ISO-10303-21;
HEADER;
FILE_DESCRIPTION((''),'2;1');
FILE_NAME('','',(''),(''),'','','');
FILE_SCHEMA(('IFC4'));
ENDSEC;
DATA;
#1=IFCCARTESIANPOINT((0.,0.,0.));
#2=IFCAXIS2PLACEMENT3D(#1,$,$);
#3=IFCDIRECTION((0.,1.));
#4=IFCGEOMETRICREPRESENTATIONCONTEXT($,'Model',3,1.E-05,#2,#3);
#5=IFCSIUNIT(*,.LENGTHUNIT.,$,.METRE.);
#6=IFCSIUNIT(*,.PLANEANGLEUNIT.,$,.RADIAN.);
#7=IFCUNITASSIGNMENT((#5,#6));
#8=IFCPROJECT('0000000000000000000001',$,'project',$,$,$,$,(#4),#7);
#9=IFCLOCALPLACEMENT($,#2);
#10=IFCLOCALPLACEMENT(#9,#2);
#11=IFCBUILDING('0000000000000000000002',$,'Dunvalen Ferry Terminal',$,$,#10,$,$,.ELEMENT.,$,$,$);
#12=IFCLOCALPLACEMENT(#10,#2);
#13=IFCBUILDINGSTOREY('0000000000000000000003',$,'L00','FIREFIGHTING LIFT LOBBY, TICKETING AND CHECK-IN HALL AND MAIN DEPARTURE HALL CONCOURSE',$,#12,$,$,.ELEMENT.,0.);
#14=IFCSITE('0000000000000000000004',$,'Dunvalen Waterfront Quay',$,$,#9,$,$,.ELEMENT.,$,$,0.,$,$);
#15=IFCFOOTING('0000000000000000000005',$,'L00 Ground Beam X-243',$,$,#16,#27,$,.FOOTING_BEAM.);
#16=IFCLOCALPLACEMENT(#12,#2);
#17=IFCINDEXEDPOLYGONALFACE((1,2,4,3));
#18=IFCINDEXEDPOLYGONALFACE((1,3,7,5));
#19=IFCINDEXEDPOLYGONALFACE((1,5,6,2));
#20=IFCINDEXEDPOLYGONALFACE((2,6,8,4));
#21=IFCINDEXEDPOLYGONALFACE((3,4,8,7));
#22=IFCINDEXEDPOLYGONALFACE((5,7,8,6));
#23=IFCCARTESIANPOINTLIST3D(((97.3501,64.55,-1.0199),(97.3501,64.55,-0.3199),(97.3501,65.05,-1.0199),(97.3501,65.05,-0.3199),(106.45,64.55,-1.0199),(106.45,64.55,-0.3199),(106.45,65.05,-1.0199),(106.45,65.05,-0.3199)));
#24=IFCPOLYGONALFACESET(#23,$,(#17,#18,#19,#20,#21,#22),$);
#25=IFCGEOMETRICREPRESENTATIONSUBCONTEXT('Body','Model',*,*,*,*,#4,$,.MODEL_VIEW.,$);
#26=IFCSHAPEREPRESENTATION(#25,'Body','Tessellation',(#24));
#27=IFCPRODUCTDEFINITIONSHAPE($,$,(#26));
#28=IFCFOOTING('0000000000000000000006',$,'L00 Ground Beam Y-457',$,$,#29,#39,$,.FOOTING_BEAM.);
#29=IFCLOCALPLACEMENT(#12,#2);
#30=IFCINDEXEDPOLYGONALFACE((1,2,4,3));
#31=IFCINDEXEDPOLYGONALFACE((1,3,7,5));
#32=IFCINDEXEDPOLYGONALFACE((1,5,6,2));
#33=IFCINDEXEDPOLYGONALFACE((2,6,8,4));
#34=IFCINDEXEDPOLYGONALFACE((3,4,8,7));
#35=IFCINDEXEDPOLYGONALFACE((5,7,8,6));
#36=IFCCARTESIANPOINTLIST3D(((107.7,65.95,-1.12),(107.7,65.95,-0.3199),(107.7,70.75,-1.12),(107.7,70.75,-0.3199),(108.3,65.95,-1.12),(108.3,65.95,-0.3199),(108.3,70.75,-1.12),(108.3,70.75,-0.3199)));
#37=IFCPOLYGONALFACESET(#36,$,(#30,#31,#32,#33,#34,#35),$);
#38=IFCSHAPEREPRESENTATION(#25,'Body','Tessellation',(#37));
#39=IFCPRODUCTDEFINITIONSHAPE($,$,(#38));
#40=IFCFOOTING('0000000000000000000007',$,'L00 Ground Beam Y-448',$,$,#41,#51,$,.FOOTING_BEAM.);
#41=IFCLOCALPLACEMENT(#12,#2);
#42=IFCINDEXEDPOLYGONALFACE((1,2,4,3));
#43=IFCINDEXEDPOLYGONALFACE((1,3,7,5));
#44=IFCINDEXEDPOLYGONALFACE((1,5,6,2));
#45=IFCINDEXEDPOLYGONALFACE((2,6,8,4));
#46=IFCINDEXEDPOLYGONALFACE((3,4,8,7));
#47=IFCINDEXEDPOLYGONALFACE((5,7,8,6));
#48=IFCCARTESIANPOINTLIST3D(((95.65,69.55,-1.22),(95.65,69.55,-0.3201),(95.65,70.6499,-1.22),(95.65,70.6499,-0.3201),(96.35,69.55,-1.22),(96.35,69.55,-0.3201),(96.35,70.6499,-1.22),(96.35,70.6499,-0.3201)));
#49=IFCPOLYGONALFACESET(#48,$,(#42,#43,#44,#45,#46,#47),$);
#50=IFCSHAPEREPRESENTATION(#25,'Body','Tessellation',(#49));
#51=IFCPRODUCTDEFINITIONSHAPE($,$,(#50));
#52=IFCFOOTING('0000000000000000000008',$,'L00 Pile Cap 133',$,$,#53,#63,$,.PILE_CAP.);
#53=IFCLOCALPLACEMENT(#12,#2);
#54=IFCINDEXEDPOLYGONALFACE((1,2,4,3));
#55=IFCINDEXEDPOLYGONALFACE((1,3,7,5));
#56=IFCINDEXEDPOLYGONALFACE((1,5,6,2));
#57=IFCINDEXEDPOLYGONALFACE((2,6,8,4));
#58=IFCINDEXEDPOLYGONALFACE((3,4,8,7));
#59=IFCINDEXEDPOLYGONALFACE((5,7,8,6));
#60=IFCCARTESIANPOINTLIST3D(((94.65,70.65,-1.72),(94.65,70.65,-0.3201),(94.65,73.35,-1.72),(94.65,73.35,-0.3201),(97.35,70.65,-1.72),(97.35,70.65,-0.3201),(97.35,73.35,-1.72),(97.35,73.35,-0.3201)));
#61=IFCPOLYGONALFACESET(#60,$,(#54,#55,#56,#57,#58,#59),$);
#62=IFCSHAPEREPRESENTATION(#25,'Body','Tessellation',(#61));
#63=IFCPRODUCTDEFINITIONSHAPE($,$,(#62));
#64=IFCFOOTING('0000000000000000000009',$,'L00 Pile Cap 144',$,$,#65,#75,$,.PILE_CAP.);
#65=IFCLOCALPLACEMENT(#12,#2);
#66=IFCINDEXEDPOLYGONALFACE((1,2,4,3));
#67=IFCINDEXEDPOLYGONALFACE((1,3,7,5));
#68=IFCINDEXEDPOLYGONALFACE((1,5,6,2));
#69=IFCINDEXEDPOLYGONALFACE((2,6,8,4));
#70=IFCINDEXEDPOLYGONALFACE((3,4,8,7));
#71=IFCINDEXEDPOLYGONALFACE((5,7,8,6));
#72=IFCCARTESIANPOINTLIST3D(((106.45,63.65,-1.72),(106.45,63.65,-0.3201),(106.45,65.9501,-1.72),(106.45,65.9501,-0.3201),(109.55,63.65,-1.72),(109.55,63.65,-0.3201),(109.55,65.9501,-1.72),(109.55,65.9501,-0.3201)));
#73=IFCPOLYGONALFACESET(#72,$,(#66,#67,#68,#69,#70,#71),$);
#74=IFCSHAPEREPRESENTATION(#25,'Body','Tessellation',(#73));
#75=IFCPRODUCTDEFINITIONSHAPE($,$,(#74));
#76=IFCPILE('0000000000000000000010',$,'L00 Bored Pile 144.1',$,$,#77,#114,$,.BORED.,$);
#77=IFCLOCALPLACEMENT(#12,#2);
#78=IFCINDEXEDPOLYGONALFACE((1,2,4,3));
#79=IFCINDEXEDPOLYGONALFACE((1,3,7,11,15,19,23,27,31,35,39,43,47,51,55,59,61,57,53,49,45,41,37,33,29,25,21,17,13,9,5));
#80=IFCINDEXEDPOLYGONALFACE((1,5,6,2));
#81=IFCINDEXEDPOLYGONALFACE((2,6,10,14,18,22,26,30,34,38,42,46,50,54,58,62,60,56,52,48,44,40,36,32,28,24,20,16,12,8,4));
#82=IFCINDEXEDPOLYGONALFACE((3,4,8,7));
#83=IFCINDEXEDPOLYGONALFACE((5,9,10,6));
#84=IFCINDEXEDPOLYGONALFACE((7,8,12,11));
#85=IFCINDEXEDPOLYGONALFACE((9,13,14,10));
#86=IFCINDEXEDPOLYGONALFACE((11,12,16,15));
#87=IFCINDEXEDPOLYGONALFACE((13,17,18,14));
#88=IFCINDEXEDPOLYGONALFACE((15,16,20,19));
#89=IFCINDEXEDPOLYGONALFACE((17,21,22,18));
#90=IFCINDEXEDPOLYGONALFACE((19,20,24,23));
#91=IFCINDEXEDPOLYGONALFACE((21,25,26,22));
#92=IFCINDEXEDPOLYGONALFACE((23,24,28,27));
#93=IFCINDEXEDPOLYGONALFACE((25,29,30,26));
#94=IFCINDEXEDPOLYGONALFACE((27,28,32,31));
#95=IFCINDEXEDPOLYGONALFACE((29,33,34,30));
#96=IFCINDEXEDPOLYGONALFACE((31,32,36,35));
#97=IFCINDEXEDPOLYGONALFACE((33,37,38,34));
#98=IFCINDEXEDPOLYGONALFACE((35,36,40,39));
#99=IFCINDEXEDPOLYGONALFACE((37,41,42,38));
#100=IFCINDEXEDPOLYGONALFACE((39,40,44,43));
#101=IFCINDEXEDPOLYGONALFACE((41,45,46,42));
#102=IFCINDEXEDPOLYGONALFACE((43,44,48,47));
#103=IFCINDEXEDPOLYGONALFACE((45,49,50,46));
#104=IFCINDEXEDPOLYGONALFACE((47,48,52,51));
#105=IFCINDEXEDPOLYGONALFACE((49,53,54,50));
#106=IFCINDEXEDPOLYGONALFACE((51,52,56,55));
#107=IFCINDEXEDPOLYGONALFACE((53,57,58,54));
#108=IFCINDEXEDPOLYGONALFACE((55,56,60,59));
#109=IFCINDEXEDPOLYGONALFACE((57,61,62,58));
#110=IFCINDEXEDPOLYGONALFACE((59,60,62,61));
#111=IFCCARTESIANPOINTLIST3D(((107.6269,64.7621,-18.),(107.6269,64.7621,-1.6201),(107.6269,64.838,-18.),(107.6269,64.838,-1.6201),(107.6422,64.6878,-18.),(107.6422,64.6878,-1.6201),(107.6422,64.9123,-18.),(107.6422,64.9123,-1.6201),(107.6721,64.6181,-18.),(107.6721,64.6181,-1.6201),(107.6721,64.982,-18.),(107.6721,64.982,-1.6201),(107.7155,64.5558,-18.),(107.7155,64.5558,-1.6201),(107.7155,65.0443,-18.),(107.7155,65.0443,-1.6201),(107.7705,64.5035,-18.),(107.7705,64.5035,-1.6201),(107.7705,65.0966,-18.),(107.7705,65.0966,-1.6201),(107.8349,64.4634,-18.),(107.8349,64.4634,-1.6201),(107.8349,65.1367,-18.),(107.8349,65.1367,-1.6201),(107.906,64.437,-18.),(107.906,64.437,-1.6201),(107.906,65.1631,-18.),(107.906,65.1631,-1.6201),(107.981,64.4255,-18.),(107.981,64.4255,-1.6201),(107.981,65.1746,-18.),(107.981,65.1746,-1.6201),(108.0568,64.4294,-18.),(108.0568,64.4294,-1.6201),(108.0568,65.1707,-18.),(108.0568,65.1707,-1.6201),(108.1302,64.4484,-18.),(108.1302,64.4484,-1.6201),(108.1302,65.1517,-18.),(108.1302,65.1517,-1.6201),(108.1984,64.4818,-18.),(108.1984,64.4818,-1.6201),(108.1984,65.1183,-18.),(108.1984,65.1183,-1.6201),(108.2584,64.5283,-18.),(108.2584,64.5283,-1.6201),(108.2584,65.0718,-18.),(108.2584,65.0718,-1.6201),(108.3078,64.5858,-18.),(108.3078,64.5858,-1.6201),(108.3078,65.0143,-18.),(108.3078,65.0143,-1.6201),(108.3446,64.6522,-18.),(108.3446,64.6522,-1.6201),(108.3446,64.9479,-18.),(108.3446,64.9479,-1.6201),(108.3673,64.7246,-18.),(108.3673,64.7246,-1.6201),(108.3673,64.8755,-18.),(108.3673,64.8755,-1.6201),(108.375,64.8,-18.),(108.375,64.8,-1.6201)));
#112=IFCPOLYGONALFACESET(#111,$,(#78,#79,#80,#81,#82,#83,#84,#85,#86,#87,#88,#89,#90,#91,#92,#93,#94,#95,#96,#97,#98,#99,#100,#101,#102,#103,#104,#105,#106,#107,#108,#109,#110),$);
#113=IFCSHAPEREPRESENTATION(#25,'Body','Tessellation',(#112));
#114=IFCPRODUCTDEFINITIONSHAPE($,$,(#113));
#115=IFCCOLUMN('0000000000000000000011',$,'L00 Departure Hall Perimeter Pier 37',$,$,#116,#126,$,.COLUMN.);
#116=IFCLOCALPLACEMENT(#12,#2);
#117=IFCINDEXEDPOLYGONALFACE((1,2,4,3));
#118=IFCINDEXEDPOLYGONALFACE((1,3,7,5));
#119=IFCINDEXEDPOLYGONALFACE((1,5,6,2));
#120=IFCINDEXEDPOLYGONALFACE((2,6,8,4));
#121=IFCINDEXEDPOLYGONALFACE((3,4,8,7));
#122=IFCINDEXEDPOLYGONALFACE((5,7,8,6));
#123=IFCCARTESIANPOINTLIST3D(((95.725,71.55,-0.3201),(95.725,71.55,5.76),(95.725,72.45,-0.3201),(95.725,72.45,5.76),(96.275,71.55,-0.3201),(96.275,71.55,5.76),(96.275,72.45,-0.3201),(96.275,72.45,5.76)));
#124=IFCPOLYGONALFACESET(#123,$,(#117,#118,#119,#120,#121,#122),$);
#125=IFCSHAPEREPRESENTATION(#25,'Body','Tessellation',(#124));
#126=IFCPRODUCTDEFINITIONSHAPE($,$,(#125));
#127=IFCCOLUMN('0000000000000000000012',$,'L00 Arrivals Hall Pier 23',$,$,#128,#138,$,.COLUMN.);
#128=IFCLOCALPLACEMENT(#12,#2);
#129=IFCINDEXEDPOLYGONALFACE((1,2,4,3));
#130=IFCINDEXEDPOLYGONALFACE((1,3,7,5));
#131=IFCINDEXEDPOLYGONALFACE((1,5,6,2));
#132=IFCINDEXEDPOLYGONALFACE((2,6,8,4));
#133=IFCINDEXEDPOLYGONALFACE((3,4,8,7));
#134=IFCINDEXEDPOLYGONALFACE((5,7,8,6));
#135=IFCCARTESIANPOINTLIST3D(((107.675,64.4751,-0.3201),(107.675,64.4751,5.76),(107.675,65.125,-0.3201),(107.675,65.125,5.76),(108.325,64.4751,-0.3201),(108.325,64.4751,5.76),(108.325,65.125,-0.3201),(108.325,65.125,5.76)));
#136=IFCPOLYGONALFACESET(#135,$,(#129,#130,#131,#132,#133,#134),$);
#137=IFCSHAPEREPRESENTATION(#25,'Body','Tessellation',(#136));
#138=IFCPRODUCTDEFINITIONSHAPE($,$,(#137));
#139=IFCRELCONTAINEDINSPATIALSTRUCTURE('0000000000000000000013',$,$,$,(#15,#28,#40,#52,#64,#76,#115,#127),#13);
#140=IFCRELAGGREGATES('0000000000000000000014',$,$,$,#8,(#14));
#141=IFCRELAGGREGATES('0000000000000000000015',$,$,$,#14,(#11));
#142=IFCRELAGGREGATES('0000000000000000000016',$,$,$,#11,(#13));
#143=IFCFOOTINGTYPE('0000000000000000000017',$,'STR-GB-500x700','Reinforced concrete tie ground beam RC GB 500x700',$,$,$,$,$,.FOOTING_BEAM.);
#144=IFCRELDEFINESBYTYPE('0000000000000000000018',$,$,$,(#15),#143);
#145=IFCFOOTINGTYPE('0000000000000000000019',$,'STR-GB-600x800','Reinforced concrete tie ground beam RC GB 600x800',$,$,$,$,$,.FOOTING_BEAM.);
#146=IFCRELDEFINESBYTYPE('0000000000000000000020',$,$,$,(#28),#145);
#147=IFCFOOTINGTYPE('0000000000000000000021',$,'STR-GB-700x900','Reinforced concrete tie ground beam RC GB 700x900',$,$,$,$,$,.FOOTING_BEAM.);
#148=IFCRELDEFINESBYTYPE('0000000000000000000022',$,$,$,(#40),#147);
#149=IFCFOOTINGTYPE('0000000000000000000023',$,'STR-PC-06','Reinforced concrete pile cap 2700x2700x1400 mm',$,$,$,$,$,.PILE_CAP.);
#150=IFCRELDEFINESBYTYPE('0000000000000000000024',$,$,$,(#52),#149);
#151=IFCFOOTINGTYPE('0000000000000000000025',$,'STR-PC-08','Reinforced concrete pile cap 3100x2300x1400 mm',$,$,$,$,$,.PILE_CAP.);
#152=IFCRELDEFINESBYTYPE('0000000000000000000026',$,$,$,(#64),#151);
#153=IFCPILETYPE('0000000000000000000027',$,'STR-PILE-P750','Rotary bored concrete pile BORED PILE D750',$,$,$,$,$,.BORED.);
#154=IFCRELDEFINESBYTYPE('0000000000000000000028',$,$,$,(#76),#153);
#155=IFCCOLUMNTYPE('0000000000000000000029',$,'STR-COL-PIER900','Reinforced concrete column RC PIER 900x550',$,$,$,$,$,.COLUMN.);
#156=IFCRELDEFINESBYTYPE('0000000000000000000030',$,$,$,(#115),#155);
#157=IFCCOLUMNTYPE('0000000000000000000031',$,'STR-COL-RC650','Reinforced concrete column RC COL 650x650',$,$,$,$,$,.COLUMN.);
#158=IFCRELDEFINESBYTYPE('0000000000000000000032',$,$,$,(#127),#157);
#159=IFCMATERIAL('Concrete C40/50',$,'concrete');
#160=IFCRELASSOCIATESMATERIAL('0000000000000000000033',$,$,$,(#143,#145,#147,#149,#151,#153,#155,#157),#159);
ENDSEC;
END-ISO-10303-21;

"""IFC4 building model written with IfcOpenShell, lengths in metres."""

from ifc_helpers import new_model, si_unit, direction, frame, origin, origin_2d, place, context, subcontext, project, spatial, rectangle, circle, extrude, material, material_profile, profile_set, type_object, element, save


model = new_model("IFC4")

# Units and contexts
model_context = context("Model", 3, precision=1e-05, world=origin(), true_north=direction((0.0, 1.0)))
body_context = subcontext(model_context, "Body", "Model", "MODEL_VIEW")
ifc_project = project(units=[si_unit("LENGTHUNIT", "METRE"), si_unit("PLANEANGLEUNIT", "RADIAN")], contexts=[model_context])

# Site, building, storey
site_placement = place(None, origin())
site = spatial("IfcSite", under=ifc_project, at=site_placement, Name="Dunvalen Waterfront Quay", CompositionType="ELEMENT", RefElevation=0.0)
building_placement = place(site_placement, origin())
building = spatial("IfcBuilding", under=site, at=building_placement, Name="Dunvalen Ferry Terminal", CompositionType="ELEMENT")
storey_placement = place(building_placement, origin())
storey = spatial("IfcBuildingStorey", under=building, at=storey_placement, Name="L00", Description="FIREFIGHTING LIFT LOBBY, TICKETING AND CHECK-IN HALL AND MAIN DEPARTURE HALL CONCOURSE", CompositionType="ELEMENT", Elevation=0.0)

# Footings
ifc_material_1 = material(Name="Concrete C40/50", Category="concrete")
ifc_material_profile_1 = material_profile(ifc_material_1, rectangle(XDim=0.5, YDim=0.7, at=origin_2d()), Name="Concrete C40/50")
ifc_profile_set_1 = profile_set([ifc_material_profile_1], Name="Concrete C40/50")
footing_type_1 = type_object("IfcFootingType", Name="STR-GB-500x700", Description="Reinforced concrete tie ground beam RC GB 500x700", PredefinedType="FOOTING_BEAM", material=ifc_profile_set_1)
footing_1_placement = place(storey_placement, frame((97.3501, 64.8, -0.6699), z_axis=(1.0, 0.0, 0.0), x_axis=(0.0, 1.0, 0.0)))
element("IfcFooting", 1, at=footing_1_placement, inside=storey, type_object=footing_type_1, Name="L00 Ground Beam X-243", PredefinedType="FOOTING_BEAM", context=body_context, shape_type="SweptSolid", body=[
    extrude(rectangle(XDim=0.5, YDim=0.7, at=origin_2d()), origin(), (0.0, 0.0, 1.0), 9.0999),
])
ifc_material_profile_2 = material_profile(ifc_material_1, rectangle(XDim=0.6001, YDim=0.8, at=origin_2d()), Name="Concrete C40/50")
ifc_profile_set_2 = profile_set([ifc_material_profile_2], Name="Concrete C40/50")
footing_type_2 = type_object("IfcFootingType", Name="STR-GB-600x800", Description="Reinforced concrete tie ground beam RC GB 600x800", PredefinedType="FOOTING_BEAM", material=ifc_profile_set_2)
footing_2_placement = place(storey_placement, frame((108.0, 65.95, -0.72), z_axis=(0.0, 1.0, 0.0), x_axis=(-1.0, 0.0, 0.0)))
element("IfcFooting", 2, at=footing_2_placement, inside=storey, type_object=footing_type_2, Name="L00 Ground Beam Y-457", PredefinedType="FOOTING_BEAM", context=body_context, shape_type="SweptSolid", body=[
    extrude(rectangle(XDim=0.6001, YDim=0.8, at=origin_2d()), origin(), (0.0, 0.0, 1.0), 4.8),
])
ifc_material_profile_3 = material_profile(ifc_material_1, rectangle(XDim=0.7, YDim=0.8999, at=origin_2d()), Name="Concrete C40/50")
ifc_profile_set_3 = profile_set([ifc_material_profile_3], Name="Concrete C40/50")
footing_type_3 = type_object("IfcFootingType", Name="STR-GB-700x900", Description="Reinforced concrete tie ground beam RC GB 700x900", PredefinedType="FOOTING_BEAM", material=ifc_profile_set_3)
footing_3_placement = place(storey_placement, frame((96.0, 69.55, -0.77), z_axis=(0.0, 1.0, 0.0), x_axis=(-1.0, 0.0, 0.0)))
element("IfcFooting", 3, at=footing_3_placement, inside=storey, type_object=footing_type_3, Name="L00 Ground Beam Y-448", PredefinedType="FOOTING_BEAM", context=body_context, shape_type="SweptSolid", body=[
    extrude(rectangle(XDim=0.7, YDim=0.8999, at=origin_2d()), origin(), (0.0, 0.0, 1.0), 1.0999),
])
footing_type_4 = type_object("IfcFootingType", Name="STR-PC-06", Description="Reinforced concrete pile cap 2700x2700x1400 mm", PredefinedType="PILE_CAP", material=ifc_material_1)
footing_4_placement = place(storey_placement, frame((96.0, 72.0, -1.72), z_axis=(0.0, 0.0, 1.0), x_axis=(1.0, 0.0, 0.0)))
element("IfcFooting", 4, at=footing_4_placement, inside=storey, type_object=footing_type_4, Name="L00 Pile Cap 133", PredefinedType="PILE_CAP", context=body_context, shape_type="SweptSolid", body=[
    extrude(rectangle(XDim=2.7, YDim=2.7, at=origin_2d()), origin(), (0.0, 0.0, 1.0), 1.3999),
])
footing_type_5 = type_object("IfcFootingType", Name="STR-PC-08", Description="Reinforced concrete pile cap 3100x2300x1400 mm", PredefinedType="PILE_CAP", material=ifc_material_1)
footing_5_placement = place(storey_placement, frame((108.0, 64.8, -1.72), z_axis=(0.0, 0.0, 1.0), x_axis=(1.0, 0.0, 0.0)))
element("IfcFooting", 5, at=footing_5_placement, inside=storey, type_object=footing_type_5, Name="L00 Pile Cap 144", PredefinedType="PILE_CAP", context=body_context, shape_type="SweptSolid", body=[
    extrude(rectangle(XDim=3.1001, YDim=2.3, at=origin_2d()), origin(), (0.0, 0.0, 1.0), 1.3999),
])

# Pile
ifc_material_profile_4 = material_profile(ifc_material_1, circle(Radius=0.375, at=origin_2d()), Name="Concrete C40/50")
ifc_profile_set_4 = profile_set([ifc_material_profile_4], Name="Concrete C40/50")
pile_type = type_object("IfcPileType", Name="STR-PILE-P750", Description="Rotary bored concrete pile BORED PILE D750", PredefinedType="BORED", material=ifc_profile_set_4)
pile_placement = place(storey_placement, frame((108.0, 64.8, -1.6201), z_axis=(0.0, 0.0, -1.0), x_axis=(1.0, 0.0, 0.0)))
element("IfcPile", 6, at=pile_placement, inside=storey, type_object=pile_type, Name="L00 Bored Pile 144.1", PredefinedType="BORED", context=body_context, shape_type="SweptSolid", body=[
    extrude(circle(Radius=0.375, at=origin_2d()), origin(), (0.0, 0.0, 1.0), 16.3799),
])

# Columns
ifc_material_profile_5 = material_profile(ifc_material_1, rectangle(XDim=0.55, YDim=0.8999, at=origin_2d()), Name="Concrete C40/50")
ifc_profile_set_5 = profile_set([ifc_material_profile_5], Name="Concrete C40/50")
column_type_1 = type_object("IfcColumnType", Name="STR-COL-PIER900", Description="Reinforced concrete column RC PIER 900x550", PredefinedType="COLUMN", material=ifc_profile_set_5)
column_1_placement = place(storey_placement, frame((96.0, 72.0, -0.3201), z_axis=(0.0, 0.0, 1.0), x_axis=(1.0, 0.0, 0.0)))
element("IfcColumn", 7, at=column_1_placement, inside=storey, type_object=column_type_1, Name="L00 Departure Hall Perimeter Pier 37", PredefinedType="COLUMN", context=body_context, shape_type="SweptSolid", body=[
    extrude(rectangle(XDim=0.55, YDim=0.8999, at=origin_2d()), origin(), (0.0, 0.0, 1.0), 6.0801),
])
ifc_material_profile_6 = material_profile(ifc_material_1, rectangle(XDim=0.6499, YDim=0.6499, at=origin_2d()), Name="Concrete C40/50")
ifc_profile_set_6 = profile_set([ifc_material_profile_6], Name="Concrete C40/50")
column_type_2 = type_object("IfcColumnType", Name="STR-COL-RC650", Description="Reinforced concrete column RC COL 650x650", PredefinedType="COLUMN", material=ifc_profile_set_6)
column_2_placement = place(storey_placement, frame((108.0, 64.8, -0.3201), z_axis=(0.0, 0.0, 1.0), x_axis=(1.0, 0.0, 0.0)))
element("IfcColumn", 8, at=column_2_placement, inside=storey, type_object=column_type_2, Name="L00 Arrivals Hall Pier 23", PredefinedType="COLUMN", context=body_context, shape_type="SweptSolid", body=[
    extrude(rectangle(XDim=0.6499, YDim=0.6499, at=origin_2d()), origin(), (0.0, 0.0, 1.0), 6.0801),
])

save(model, "model.ifc")
